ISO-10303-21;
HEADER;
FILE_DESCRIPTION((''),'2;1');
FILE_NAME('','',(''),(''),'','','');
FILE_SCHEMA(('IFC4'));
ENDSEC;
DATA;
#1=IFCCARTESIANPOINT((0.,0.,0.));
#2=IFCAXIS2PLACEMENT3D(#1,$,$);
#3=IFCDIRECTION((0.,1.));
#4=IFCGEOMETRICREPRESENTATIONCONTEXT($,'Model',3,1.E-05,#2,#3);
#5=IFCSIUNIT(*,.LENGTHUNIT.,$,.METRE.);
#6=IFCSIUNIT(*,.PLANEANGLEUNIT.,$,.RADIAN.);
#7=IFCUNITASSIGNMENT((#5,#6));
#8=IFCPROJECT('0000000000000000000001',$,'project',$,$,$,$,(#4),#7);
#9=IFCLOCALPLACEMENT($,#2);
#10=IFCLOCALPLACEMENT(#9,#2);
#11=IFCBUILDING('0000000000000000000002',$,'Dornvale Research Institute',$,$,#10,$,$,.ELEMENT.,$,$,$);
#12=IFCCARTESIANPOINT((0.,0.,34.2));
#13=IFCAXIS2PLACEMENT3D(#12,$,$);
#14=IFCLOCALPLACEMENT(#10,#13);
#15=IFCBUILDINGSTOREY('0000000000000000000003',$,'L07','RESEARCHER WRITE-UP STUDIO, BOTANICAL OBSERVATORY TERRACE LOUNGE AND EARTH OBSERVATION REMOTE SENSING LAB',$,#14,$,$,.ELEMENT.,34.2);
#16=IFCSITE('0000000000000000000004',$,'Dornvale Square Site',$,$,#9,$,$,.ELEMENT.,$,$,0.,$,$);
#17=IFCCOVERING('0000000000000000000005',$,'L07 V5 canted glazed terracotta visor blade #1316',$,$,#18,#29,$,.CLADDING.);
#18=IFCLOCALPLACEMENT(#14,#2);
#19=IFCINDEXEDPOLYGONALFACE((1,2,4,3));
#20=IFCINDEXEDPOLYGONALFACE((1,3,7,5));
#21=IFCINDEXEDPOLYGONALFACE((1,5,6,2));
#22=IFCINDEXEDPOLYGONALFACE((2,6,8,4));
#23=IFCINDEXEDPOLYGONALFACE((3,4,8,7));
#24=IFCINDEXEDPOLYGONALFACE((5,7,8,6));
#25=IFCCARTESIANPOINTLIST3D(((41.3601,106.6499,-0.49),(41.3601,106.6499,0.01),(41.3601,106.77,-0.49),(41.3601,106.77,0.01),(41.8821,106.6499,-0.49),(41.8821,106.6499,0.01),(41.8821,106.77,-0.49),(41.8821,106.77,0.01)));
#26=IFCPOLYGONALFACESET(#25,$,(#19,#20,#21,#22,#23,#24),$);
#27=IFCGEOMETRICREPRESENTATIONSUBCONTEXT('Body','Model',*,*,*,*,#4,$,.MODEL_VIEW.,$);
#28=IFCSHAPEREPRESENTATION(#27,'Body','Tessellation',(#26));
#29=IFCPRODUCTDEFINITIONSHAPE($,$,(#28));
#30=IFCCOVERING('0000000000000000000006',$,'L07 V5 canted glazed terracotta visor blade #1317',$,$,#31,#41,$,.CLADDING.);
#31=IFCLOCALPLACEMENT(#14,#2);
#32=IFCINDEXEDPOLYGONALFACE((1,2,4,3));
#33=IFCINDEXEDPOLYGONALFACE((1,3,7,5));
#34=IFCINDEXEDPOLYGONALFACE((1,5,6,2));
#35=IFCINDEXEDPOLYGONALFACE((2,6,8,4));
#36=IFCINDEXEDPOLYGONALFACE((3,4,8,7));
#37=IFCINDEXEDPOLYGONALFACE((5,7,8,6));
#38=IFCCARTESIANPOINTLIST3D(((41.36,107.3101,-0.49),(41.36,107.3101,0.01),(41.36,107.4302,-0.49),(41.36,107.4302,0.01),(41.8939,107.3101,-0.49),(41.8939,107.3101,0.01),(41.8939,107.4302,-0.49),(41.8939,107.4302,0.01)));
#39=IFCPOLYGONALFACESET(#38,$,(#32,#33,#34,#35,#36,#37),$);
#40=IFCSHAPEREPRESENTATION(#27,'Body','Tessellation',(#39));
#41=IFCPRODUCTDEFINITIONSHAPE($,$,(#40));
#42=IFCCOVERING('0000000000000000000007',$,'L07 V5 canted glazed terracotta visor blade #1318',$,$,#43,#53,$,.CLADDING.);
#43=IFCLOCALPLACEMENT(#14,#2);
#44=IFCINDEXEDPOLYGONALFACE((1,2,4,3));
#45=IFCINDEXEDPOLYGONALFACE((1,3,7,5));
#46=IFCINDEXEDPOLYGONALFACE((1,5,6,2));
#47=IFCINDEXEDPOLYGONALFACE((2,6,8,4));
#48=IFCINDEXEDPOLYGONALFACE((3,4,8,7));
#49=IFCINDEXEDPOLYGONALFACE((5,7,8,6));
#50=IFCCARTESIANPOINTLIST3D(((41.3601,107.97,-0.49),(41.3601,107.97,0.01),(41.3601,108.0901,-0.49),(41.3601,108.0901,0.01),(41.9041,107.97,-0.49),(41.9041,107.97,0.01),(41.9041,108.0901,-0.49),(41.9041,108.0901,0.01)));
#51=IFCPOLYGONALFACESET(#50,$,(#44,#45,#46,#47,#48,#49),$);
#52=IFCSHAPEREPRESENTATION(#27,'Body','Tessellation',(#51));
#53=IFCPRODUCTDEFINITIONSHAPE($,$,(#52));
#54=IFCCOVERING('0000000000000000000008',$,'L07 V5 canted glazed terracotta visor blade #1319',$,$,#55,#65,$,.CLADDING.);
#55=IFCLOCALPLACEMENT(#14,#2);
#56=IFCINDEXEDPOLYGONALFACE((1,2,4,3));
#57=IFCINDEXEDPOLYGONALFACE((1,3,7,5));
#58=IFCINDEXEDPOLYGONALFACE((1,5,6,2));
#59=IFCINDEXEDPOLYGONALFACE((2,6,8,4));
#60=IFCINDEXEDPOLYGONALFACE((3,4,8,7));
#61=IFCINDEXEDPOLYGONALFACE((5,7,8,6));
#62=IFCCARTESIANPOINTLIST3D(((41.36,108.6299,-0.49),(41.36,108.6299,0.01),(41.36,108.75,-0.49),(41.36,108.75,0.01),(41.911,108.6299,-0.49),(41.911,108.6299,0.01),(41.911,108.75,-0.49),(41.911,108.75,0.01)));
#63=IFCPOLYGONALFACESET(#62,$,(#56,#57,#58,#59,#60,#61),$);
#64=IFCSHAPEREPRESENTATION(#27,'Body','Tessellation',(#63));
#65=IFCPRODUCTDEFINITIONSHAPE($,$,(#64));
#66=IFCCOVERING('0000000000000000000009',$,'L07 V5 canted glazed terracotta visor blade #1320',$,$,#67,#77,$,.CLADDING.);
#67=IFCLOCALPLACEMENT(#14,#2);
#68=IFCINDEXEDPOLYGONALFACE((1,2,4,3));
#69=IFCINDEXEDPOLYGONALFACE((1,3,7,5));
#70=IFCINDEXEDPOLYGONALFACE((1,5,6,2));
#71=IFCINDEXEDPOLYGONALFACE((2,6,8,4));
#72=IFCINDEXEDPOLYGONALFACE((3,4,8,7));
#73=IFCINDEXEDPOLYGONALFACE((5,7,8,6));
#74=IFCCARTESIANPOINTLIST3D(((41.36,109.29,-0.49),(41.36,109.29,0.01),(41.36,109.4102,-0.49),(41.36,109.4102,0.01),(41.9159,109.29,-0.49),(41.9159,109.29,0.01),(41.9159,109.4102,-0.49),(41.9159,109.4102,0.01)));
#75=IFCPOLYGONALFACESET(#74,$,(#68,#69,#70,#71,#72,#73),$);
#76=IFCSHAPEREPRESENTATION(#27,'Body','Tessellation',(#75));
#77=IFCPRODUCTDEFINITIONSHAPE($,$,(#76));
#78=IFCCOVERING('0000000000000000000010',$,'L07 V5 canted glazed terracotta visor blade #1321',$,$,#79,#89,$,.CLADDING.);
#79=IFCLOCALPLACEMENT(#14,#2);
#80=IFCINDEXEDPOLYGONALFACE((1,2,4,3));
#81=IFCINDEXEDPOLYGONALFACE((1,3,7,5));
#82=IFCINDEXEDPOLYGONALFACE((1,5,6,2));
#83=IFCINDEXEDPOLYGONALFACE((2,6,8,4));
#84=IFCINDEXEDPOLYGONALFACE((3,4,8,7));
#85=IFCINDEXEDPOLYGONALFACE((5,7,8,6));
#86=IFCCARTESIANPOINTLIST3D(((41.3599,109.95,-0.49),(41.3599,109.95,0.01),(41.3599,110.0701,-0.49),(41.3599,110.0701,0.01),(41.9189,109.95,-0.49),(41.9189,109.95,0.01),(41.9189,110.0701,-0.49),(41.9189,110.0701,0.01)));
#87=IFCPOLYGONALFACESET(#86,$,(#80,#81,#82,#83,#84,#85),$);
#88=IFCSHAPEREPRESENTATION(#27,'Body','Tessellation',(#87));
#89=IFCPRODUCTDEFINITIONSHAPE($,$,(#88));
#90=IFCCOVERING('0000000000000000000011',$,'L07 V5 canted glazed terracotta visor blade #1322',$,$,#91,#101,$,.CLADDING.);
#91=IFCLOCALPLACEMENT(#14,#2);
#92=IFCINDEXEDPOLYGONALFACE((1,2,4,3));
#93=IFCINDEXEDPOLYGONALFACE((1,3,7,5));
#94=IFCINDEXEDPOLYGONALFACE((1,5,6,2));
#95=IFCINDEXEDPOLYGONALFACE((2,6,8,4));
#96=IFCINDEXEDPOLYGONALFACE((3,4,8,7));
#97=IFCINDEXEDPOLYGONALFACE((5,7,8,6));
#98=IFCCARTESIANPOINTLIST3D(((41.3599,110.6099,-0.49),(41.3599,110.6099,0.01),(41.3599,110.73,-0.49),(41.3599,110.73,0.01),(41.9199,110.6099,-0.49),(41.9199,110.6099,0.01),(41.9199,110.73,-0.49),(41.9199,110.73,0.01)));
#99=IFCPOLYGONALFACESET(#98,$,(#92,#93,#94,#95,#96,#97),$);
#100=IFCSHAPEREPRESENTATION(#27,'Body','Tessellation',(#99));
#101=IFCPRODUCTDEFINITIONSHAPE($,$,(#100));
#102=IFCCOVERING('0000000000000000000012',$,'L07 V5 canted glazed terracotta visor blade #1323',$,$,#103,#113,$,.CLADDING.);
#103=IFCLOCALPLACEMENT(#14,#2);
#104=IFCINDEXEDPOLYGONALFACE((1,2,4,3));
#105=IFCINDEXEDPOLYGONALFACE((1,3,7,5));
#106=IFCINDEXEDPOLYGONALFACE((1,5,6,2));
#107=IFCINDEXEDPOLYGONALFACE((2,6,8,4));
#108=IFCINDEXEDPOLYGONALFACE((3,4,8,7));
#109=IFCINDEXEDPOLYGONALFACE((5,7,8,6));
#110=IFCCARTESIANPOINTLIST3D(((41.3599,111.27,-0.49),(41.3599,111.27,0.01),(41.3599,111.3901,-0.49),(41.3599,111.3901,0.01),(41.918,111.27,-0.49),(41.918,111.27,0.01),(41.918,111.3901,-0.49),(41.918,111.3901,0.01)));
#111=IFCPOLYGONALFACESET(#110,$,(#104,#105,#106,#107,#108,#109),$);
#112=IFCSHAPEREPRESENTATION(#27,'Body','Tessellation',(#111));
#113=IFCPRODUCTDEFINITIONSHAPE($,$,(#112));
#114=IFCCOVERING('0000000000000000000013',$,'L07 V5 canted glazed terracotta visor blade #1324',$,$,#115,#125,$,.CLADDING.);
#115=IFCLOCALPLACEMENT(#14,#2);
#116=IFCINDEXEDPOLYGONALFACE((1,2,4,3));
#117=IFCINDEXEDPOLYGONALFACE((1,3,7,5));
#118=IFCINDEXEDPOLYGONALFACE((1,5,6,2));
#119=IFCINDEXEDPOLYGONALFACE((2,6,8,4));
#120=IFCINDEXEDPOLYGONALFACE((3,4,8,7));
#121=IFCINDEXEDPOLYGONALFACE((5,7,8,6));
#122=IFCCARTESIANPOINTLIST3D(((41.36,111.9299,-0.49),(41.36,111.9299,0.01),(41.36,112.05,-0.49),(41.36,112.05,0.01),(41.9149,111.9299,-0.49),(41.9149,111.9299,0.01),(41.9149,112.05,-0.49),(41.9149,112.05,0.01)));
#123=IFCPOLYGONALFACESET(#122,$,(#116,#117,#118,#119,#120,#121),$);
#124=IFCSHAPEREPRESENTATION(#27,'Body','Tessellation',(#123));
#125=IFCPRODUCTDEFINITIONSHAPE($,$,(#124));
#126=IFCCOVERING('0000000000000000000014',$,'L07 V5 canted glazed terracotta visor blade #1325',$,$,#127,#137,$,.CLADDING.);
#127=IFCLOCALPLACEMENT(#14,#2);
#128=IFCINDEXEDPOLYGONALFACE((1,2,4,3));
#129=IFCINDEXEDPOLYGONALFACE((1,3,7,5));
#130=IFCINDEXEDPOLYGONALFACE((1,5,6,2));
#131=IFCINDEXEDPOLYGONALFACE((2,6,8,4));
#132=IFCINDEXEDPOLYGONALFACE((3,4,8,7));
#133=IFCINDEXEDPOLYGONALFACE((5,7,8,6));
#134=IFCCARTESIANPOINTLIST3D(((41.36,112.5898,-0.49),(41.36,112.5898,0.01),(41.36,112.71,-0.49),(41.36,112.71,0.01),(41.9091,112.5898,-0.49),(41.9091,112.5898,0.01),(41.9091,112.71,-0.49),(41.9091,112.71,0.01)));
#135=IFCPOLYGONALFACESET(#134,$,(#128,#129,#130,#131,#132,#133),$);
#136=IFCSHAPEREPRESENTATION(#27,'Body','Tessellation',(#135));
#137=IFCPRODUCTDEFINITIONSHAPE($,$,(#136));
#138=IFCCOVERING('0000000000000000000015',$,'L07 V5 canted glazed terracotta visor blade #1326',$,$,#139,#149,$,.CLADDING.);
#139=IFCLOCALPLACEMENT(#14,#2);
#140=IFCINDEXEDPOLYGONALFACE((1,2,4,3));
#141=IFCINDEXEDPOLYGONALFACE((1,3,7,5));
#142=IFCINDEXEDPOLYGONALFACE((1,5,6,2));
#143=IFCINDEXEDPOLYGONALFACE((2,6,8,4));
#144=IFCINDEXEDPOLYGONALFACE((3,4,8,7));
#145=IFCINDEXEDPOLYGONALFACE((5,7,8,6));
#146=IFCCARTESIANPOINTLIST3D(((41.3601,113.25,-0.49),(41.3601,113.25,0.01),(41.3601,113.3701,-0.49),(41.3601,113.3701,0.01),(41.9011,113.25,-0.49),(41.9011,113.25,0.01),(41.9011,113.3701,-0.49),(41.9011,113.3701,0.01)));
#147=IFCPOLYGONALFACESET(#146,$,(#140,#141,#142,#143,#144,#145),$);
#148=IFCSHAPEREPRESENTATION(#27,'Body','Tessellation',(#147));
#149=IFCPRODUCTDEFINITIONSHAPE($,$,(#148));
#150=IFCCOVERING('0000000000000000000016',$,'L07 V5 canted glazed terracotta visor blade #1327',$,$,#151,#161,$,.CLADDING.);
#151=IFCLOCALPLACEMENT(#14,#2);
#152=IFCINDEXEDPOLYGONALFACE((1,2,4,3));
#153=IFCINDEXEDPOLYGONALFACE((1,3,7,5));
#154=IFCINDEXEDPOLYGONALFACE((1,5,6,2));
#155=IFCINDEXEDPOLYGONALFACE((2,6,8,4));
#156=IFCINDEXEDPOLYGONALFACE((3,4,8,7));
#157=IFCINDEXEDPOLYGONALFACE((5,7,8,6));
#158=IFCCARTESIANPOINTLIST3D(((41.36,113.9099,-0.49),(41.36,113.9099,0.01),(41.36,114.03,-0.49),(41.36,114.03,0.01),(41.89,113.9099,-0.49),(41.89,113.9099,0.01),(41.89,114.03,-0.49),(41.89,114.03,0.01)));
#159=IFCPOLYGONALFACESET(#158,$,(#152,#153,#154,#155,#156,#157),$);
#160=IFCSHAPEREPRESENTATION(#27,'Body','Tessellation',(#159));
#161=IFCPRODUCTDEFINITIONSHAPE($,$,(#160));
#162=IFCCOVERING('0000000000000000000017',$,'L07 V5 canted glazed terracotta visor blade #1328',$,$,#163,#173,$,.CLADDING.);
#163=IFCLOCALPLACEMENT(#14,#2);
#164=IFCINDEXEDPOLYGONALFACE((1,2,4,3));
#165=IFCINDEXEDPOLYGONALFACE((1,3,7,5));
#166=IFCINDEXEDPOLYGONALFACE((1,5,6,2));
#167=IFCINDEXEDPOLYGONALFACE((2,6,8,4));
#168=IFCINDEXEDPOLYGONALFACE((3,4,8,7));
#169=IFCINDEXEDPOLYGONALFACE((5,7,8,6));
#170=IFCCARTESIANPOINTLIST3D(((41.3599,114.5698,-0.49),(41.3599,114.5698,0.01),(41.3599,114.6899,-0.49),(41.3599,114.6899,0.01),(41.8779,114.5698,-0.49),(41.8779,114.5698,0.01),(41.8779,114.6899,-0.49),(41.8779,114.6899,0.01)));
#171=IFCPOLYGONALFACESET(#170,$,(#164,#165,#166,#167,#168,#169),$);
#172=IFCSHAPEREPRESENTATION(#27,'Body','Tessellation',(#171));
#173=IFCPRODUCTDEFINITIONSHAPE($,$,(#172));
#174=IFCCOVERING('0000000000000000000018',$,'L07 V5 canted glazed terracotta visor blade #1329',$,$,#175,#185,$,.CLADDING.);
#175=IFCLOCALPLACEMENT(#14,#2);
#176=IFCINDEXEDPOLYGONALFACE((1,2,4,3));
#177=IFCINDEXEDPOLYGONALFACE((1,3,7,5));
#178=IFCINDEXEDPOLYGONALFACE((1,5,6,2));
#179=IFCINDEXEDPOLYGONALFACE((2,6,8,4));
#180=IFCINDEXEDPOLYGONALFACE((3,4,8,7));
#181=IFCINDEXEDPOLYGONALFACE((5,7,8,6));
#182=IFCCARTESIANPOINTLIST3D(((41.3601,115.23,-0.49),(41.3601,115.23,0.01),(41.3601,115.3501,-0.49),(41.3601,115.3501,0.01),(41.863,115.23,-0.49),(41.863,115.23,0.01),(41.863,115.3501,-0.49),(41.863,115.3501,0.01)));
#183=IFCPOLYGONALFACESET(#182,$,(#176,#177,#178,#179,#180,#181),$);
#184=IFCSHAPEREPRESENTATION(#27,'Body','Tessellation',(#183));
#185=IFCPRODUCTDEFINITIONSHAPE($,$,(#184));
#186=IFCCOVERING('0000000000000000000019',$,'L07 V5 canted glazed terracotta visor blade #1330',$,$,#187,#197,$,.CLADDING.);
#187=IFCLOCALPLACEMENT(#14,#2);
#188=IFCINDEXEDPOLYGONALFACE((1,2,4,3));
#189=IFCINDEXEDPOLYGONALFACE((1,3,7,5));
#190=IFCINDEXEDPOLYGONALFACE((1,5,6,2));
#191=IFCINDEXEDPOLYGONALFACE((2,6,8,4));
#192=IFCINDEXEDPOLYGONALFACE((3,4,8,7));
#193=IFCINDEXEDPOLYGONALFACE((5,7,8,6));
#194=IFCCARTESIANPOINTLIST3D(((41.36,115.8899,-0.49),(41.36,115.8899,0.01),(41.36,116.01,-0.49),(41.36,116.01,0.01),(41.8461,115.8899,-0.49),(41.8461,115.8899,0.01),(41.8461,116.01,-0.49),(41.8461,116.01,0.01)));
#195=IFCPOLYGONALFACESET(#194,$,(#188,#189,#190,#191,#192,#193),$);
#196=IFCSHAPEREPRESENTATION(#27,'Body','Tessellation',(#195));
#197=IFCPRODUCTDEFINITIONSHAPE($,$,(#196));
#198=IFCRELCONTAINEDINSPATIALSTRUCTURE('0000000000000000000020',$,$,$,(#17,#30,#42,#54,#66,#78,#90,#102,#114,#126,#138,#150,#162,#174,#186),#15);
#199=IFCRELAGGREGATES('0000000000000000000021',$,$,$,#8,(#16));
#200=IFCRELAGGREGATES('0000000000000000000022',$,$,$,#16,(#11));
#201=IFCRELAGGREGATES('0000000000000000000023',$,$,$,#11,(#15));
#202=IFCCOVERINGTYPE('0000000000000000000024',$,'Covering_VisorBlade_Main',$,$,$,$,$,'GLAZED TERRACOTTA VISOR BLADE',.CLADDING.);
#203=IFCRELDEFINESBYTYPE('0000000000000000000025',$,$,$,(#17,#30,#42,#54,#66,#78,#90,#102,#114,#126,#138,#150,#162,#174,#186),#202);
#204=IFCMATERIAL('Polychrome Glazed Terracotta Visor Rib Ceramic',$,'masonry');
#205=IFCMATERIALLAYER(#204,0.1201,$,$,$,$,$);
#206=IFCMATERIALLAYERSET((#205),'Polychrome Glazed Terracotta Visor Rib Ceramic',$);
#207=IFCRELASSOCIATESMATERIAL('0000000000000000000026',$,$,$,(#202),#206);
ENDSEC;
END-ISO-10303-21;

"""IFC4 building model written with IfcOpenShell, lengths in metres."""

from ifc_helpers import new_model, si_unit, direction, frame, origin, origin_2d, place, context, subcontext, project, spatial, rectangle, extrude, material, layer, layer_set, type_object, element, save


model = new_model("IFC4")

# Units and contexts
model_context = context("Model", 3, precision=1e-05, world=origin(), true_north=direction((0.0, 1.0)))
body_context = subcontext(model_context, "Body", "Model", "MODEL_VIEW")
ifc_project = project(units=[si_unit("LENGTHUNIT", "METRE"), si_unit("PLANEANGLEUNIT", "RADIAN")], contexts=[model_context])

# Site, building, storey
site_placement = place(None, origin())
site = spatial("IfcSite", under=ifc_project, at=site_placement, Name="Dornvale Square Site", CompositionType="ELEMENT", RefElevation=0.0)
building_placement = place(site_placement, origin())
building = spatial("IfcBuilding", under=site, at=building_placement, Name="Dornvale Research Institute", CompositionType="ELEMENT")
storey_placement = place(building_placement, frame((0.0, 0.0, 34.2)))
storey = spatial("IfcBuildingStorey", under=building, at=storey_placement, Name="L07", Description="RESEARCHER WRITE-UP STUDIO, BOTANICAL OBSERVATORY TERRACE LOUNGE AND EARTH OBSERVATION REMOTE SENSING LAB", CompositionType="ELEMENT", Elevation=34.2)

# Coverings
ifc_material_1 = material(Name="Polychrome Glazed Terracotta Visor Rib Ceramic", Category="masonry")
ifc_layer = layer(ifc_material_1, 0.1201)
ifc_layer_set = layer_set([ifc_layer], Name="Polychrome Glazed Terracotta Visor Rib Ceramic")
covering_type = type_object("IfcCoveringType", Name="Covering_VisorBlade_Main", ElementType="GLAZED TERRACOTTA VISOR BLADE", PredefinedType="CLADDING", material=ifc_layer_set)
covering_1_placement = place(storey_placement, frame((41.6211, 106.71, -0.49), z_axis=(0.0, 0.0, 1.0), x_axis=(1.0, 0.0, 0.0)))
element("IfcCovering", 1, at=covering_1_placement, inside=storey, type_object=covering_type, Name="L07 V5 canted glazed terracotta visor blade #1316", PredefinedType="CLADDING", context=body_context, shape_type="SweptSolid", body=[
    extrude(rectangle(XDim=0.522, YDim=0.1201, at=origin_2d()), origin(), (0.0, 0.0, 1.0), 0.5),
])
covering_2_placement = place(storey_placement, frame((41.627, 107.3701, -0.49), z_axis=(0.0, 0.0, 1.0), x_axis=(1.0, 0.0, 0.0)))
element("IfcCovering", 2, at=covering_2_placement, inside=storey, type_object=covering_type, Name="L07 V5 canted glazed terracotta visor blade #1317", PredefinedType="CLADDING", context=body_context, shape_type="SweptSolid", body=[
    extrude(rectangle(XDim=0.5339, YDim=0.1201, at=origin_2d()), origin(), (0.0, 0.0, 1.0), 0.5),
])
covering_3_placement = place(storey_placement, frame((41.6321, 108.03, -0.49), z_axis=(0.0, 0.0, 1.0), x_axis=(1.0, 0.0, 0.0)))
element("IfcCovering", 3, at=covering_3_placement, inside=storey, type_object=covering_type, Name="L07 V5 canted glazed terracotta visor blade #1318", PredefinedType="CLADDING", context=body_context, shape_type="SweptSolid", body=[
    extrude(rectangle(XDim=0.5439, YDim=0.1201, at=origin_2d()), origin(), (0.0, 0.0, 1.0), 0.5),
])
covering_4_placement = place(storey_placement, frame((41.6355, 108.6899, -0.49), z_axis=(0.0, 0.0, 1.0), x_axis=(1.0, 0.0, 0.0)))
element("IfcCovering", 4, at=covering_4_placement, inside=storey, type_object=covering_type, Name="L07 V5 canted glazed terracotta visor blade #1319", PredefinedType="CLADDING", context=body_context, shape_type="SweptSolid", body=[
    extrude(rectangle(XDim=0.551, YDim=0.1201, at=origin_2d()), origin(), (0.0, 0.0, 1.0), 0.5),
])
covering_5_placement = place(storey_placement, frame((41.6379, 109.3501, -0.49), z_axis=(0.0, 0.0, 1.0), x_axis=(1.0, 0.0, 0.0)))
element("IfcCovering", 5, at=covering_5_placement, inside=storey, type_object=covering_type, Name="L07 V5 canted glazed terracotta visor blade #1320", PredefinedType="CLADDING", context=body_context, shape_type="SweptSolid", body=[
    extrude(rectangle(XDim=0.5559, YDim=0.1201, at=origin_2d()), origin(), (0.0, 0.0, 1.0), 0.5),
])
covering_6_placement = place(storey_placement, frame((41.6394, 110.01, -0.49), z_axis=(0.0, 0.0, 1.0), x_axis=(1.0, 0.0, 0.0)))
element("IfcCovering", 6, at=covering_6_placement, inside=storey, type_object=covering_type, Name="L07 V5 canted glazed terracotta visor blade #1321", PredefinedType="CLADDING", context=body_context, shape_type="SweptSolid", body=[
    extrude(rectangle(XDim=0.5591, YDim=0.1201, at=origin_2d()), origin(), (0.0, 0.0, 1.0), 0.5),
])
covering_7_placement = place(storey_placement, frame((41.6399, 110.6699, -0.49), z_axis=(0.0, 0.0, 1.0), x_axis=(1.0, 0.0, 0.0)))
element("IfcCovering", 7, at=covering_7_placement, inside=storey, type_object=covering_type, Name="L07 V5 canted glazed terracotta visor blade #1322", PredefinedType="CLADDING", context=body_context, shape_type="SweptSolid", body=[
    extrude(rectangle(XDim=0.5601, YDim=0.1201, at=origin_2d()), origin(), (0.0, 0.0, 1.0), 0.5),
])
covering_8_placement = place(storey_placement, frame((41.6389, 111.3301, -0.49), z_axis=(0.0, 0.0, 1.0), x_axis=(1.0, 0.0, 0.0)))
element("IfcCovering", 8, at=covering_8_placement, inside=storey, type_object=covering_type, Name="L07 V5 canted glazed terracotta visor blade #1323", PredefinedType="CLADDING", context=body_context, shape_type="SweptSolid", body=[
    extrude(rectangle(XDim=0.5581, YDim=0.1201, at=origin_2d()), origin(), (0.0, 0.0, 1.0), 0.5),
])
covering_9_placement = place(storey_placement, frame((41.6375, 111.99, -0.49), z_axis=(0.0, 0.0, 1.0), x_axis=(1.0, 0.0, 0.0)))
element("IfcCovering", 9, at=covering_9_placement, inside=storey, type_object=covering_type, Name="L07 V5 canted glazed terracotta visor blade #1324", PredefinedType="CLADDING", context=body_context, shape_type="SweptSolid", body=[
    extrude(rectangle(XDim=0.5549, YDim=0.1201, at=origin_2d()), origin(), (0.0, 0.0, 1.0), 0.5),
])
covering_10_placement = place(storey_placement, frame((41.6345, 112.6499, -0.49), z_axis=(0.0, 0.0, 1.0), x_axis=(1.0, 0.0, 0.0)))
element("IfcCovering", 10, at=covering_10_placement, inside=storey, type_object=covering_type, Name="L07 V5 canted glazed terracotta visor blade #1325", PredefinedType="CLADDING", context=body_context, shape_type="SweptSolid", body=[
    extrude(rectangle(XDim=0.5491, YDim=0.1201, at=origin_2d()), origin(), (0.0, 0.0, 1.0), 0.5),
])
covering_11_placement = place(storey_placement, frame((41.6306, 113.3101, -0.49), z_axis=(0.0, 0.0, 1.0), x_axis=(1.0, 0.0, 0.0)))
element("IfcCovering", 11, at=covering_11_placement, inside=storey, type_object=covering_type, Name="L07 V5 canted glazed terracotta visor blade #1326", PredefinedType="CLADDING", context=body_context, shape_type="SweptSolid", body=[
    extrude(rectangle(XDim=0.541, YDim=0.1201, at=origin_2d()), origin(), (0.0, 0.0, 1.0), 0.5),
])
covering_12_placement = place(storey_placement, frame((41.625, 113.97, -0.49), z_axis=(0.0, 0.0, 1.0), x_axis=(1.0, 0.0, 0.0)))
element("IfcCovering", 12, at=covering_12_placement, inside=storey, type_object=covering_type, Name="L07 V5 canted glazed terracotta visor blade #1327", PredefinedType="CLADDING", context=body_context, shape_type="SweptSolid", body=[
    extrude(rectangle(XDim=0.53, YDim=0.1201, at=origin_2d()), origin(), (0.0, 0.0, 1.0), 0.5),
])
covering_13_placement = place(storey_placement, frame((41.6189, 114.6299, -0.49), z_axis=(0.0, 0.0, 1.0), x_axis=(1.0, 0.0, 0.0)))
element("IfcCovering", 13, at=covering_13_placement, inside=storey, type_object=covering_type, Name="L07 V5 canted glazed terracotta visor blade #1328", PredefinedType="CLADDING", context=body_context, shape_type="SweptSolid", body=[
    extrude(rectangle(XDim=0.5181, YDim=0.1201, at=origin_2d()), origin(), (0.0, 0.0, 1.0), 0.5),
])
covering_14_placement = place(storey_placement, frame((41.6116, 115.29, -0.49), z_axis=(0.0, 0.0, 1.0), x_axis=(1.0, 0.0, 0.0)))
element("IfcCovering", 14, at=covering_14_placement, inside=storey, type_object=covering_type, Name="L07 V5 canted glazed terracotta visor blade #1329", PredefinedType="CLADDING", context=body_context, shape_type="SweptSolid", body=[
    extrude(rectangle(XDim=0.5029, YDim=0.1201, at=origin_2d()), origin(), (0.0, 0.0, 1.0), 0.5),
])
covering_15_placement = place(storey_placement, frame((41.603, 115.95, -0.49), z_axis=(0.0, 0.0, 1.0), x_axis=(1.0, 0.0, 0.0)))
element("IfcCovering", 15, at=covering_15_placement, inside=storey, type_object=covering_type, Name="L07 V5 canted glazed terracotta visor blade #1330", PredefinedType="CLADDING", context=body_context, shape_type="SweptSolid", body=[
    extrude(rectangle(XDim=0.4861, YDim=0.1201, at=origin_2d()), origin(), (0.0, 0.0, 1.0), 0.5),
])

save(model, "model.ifc")
